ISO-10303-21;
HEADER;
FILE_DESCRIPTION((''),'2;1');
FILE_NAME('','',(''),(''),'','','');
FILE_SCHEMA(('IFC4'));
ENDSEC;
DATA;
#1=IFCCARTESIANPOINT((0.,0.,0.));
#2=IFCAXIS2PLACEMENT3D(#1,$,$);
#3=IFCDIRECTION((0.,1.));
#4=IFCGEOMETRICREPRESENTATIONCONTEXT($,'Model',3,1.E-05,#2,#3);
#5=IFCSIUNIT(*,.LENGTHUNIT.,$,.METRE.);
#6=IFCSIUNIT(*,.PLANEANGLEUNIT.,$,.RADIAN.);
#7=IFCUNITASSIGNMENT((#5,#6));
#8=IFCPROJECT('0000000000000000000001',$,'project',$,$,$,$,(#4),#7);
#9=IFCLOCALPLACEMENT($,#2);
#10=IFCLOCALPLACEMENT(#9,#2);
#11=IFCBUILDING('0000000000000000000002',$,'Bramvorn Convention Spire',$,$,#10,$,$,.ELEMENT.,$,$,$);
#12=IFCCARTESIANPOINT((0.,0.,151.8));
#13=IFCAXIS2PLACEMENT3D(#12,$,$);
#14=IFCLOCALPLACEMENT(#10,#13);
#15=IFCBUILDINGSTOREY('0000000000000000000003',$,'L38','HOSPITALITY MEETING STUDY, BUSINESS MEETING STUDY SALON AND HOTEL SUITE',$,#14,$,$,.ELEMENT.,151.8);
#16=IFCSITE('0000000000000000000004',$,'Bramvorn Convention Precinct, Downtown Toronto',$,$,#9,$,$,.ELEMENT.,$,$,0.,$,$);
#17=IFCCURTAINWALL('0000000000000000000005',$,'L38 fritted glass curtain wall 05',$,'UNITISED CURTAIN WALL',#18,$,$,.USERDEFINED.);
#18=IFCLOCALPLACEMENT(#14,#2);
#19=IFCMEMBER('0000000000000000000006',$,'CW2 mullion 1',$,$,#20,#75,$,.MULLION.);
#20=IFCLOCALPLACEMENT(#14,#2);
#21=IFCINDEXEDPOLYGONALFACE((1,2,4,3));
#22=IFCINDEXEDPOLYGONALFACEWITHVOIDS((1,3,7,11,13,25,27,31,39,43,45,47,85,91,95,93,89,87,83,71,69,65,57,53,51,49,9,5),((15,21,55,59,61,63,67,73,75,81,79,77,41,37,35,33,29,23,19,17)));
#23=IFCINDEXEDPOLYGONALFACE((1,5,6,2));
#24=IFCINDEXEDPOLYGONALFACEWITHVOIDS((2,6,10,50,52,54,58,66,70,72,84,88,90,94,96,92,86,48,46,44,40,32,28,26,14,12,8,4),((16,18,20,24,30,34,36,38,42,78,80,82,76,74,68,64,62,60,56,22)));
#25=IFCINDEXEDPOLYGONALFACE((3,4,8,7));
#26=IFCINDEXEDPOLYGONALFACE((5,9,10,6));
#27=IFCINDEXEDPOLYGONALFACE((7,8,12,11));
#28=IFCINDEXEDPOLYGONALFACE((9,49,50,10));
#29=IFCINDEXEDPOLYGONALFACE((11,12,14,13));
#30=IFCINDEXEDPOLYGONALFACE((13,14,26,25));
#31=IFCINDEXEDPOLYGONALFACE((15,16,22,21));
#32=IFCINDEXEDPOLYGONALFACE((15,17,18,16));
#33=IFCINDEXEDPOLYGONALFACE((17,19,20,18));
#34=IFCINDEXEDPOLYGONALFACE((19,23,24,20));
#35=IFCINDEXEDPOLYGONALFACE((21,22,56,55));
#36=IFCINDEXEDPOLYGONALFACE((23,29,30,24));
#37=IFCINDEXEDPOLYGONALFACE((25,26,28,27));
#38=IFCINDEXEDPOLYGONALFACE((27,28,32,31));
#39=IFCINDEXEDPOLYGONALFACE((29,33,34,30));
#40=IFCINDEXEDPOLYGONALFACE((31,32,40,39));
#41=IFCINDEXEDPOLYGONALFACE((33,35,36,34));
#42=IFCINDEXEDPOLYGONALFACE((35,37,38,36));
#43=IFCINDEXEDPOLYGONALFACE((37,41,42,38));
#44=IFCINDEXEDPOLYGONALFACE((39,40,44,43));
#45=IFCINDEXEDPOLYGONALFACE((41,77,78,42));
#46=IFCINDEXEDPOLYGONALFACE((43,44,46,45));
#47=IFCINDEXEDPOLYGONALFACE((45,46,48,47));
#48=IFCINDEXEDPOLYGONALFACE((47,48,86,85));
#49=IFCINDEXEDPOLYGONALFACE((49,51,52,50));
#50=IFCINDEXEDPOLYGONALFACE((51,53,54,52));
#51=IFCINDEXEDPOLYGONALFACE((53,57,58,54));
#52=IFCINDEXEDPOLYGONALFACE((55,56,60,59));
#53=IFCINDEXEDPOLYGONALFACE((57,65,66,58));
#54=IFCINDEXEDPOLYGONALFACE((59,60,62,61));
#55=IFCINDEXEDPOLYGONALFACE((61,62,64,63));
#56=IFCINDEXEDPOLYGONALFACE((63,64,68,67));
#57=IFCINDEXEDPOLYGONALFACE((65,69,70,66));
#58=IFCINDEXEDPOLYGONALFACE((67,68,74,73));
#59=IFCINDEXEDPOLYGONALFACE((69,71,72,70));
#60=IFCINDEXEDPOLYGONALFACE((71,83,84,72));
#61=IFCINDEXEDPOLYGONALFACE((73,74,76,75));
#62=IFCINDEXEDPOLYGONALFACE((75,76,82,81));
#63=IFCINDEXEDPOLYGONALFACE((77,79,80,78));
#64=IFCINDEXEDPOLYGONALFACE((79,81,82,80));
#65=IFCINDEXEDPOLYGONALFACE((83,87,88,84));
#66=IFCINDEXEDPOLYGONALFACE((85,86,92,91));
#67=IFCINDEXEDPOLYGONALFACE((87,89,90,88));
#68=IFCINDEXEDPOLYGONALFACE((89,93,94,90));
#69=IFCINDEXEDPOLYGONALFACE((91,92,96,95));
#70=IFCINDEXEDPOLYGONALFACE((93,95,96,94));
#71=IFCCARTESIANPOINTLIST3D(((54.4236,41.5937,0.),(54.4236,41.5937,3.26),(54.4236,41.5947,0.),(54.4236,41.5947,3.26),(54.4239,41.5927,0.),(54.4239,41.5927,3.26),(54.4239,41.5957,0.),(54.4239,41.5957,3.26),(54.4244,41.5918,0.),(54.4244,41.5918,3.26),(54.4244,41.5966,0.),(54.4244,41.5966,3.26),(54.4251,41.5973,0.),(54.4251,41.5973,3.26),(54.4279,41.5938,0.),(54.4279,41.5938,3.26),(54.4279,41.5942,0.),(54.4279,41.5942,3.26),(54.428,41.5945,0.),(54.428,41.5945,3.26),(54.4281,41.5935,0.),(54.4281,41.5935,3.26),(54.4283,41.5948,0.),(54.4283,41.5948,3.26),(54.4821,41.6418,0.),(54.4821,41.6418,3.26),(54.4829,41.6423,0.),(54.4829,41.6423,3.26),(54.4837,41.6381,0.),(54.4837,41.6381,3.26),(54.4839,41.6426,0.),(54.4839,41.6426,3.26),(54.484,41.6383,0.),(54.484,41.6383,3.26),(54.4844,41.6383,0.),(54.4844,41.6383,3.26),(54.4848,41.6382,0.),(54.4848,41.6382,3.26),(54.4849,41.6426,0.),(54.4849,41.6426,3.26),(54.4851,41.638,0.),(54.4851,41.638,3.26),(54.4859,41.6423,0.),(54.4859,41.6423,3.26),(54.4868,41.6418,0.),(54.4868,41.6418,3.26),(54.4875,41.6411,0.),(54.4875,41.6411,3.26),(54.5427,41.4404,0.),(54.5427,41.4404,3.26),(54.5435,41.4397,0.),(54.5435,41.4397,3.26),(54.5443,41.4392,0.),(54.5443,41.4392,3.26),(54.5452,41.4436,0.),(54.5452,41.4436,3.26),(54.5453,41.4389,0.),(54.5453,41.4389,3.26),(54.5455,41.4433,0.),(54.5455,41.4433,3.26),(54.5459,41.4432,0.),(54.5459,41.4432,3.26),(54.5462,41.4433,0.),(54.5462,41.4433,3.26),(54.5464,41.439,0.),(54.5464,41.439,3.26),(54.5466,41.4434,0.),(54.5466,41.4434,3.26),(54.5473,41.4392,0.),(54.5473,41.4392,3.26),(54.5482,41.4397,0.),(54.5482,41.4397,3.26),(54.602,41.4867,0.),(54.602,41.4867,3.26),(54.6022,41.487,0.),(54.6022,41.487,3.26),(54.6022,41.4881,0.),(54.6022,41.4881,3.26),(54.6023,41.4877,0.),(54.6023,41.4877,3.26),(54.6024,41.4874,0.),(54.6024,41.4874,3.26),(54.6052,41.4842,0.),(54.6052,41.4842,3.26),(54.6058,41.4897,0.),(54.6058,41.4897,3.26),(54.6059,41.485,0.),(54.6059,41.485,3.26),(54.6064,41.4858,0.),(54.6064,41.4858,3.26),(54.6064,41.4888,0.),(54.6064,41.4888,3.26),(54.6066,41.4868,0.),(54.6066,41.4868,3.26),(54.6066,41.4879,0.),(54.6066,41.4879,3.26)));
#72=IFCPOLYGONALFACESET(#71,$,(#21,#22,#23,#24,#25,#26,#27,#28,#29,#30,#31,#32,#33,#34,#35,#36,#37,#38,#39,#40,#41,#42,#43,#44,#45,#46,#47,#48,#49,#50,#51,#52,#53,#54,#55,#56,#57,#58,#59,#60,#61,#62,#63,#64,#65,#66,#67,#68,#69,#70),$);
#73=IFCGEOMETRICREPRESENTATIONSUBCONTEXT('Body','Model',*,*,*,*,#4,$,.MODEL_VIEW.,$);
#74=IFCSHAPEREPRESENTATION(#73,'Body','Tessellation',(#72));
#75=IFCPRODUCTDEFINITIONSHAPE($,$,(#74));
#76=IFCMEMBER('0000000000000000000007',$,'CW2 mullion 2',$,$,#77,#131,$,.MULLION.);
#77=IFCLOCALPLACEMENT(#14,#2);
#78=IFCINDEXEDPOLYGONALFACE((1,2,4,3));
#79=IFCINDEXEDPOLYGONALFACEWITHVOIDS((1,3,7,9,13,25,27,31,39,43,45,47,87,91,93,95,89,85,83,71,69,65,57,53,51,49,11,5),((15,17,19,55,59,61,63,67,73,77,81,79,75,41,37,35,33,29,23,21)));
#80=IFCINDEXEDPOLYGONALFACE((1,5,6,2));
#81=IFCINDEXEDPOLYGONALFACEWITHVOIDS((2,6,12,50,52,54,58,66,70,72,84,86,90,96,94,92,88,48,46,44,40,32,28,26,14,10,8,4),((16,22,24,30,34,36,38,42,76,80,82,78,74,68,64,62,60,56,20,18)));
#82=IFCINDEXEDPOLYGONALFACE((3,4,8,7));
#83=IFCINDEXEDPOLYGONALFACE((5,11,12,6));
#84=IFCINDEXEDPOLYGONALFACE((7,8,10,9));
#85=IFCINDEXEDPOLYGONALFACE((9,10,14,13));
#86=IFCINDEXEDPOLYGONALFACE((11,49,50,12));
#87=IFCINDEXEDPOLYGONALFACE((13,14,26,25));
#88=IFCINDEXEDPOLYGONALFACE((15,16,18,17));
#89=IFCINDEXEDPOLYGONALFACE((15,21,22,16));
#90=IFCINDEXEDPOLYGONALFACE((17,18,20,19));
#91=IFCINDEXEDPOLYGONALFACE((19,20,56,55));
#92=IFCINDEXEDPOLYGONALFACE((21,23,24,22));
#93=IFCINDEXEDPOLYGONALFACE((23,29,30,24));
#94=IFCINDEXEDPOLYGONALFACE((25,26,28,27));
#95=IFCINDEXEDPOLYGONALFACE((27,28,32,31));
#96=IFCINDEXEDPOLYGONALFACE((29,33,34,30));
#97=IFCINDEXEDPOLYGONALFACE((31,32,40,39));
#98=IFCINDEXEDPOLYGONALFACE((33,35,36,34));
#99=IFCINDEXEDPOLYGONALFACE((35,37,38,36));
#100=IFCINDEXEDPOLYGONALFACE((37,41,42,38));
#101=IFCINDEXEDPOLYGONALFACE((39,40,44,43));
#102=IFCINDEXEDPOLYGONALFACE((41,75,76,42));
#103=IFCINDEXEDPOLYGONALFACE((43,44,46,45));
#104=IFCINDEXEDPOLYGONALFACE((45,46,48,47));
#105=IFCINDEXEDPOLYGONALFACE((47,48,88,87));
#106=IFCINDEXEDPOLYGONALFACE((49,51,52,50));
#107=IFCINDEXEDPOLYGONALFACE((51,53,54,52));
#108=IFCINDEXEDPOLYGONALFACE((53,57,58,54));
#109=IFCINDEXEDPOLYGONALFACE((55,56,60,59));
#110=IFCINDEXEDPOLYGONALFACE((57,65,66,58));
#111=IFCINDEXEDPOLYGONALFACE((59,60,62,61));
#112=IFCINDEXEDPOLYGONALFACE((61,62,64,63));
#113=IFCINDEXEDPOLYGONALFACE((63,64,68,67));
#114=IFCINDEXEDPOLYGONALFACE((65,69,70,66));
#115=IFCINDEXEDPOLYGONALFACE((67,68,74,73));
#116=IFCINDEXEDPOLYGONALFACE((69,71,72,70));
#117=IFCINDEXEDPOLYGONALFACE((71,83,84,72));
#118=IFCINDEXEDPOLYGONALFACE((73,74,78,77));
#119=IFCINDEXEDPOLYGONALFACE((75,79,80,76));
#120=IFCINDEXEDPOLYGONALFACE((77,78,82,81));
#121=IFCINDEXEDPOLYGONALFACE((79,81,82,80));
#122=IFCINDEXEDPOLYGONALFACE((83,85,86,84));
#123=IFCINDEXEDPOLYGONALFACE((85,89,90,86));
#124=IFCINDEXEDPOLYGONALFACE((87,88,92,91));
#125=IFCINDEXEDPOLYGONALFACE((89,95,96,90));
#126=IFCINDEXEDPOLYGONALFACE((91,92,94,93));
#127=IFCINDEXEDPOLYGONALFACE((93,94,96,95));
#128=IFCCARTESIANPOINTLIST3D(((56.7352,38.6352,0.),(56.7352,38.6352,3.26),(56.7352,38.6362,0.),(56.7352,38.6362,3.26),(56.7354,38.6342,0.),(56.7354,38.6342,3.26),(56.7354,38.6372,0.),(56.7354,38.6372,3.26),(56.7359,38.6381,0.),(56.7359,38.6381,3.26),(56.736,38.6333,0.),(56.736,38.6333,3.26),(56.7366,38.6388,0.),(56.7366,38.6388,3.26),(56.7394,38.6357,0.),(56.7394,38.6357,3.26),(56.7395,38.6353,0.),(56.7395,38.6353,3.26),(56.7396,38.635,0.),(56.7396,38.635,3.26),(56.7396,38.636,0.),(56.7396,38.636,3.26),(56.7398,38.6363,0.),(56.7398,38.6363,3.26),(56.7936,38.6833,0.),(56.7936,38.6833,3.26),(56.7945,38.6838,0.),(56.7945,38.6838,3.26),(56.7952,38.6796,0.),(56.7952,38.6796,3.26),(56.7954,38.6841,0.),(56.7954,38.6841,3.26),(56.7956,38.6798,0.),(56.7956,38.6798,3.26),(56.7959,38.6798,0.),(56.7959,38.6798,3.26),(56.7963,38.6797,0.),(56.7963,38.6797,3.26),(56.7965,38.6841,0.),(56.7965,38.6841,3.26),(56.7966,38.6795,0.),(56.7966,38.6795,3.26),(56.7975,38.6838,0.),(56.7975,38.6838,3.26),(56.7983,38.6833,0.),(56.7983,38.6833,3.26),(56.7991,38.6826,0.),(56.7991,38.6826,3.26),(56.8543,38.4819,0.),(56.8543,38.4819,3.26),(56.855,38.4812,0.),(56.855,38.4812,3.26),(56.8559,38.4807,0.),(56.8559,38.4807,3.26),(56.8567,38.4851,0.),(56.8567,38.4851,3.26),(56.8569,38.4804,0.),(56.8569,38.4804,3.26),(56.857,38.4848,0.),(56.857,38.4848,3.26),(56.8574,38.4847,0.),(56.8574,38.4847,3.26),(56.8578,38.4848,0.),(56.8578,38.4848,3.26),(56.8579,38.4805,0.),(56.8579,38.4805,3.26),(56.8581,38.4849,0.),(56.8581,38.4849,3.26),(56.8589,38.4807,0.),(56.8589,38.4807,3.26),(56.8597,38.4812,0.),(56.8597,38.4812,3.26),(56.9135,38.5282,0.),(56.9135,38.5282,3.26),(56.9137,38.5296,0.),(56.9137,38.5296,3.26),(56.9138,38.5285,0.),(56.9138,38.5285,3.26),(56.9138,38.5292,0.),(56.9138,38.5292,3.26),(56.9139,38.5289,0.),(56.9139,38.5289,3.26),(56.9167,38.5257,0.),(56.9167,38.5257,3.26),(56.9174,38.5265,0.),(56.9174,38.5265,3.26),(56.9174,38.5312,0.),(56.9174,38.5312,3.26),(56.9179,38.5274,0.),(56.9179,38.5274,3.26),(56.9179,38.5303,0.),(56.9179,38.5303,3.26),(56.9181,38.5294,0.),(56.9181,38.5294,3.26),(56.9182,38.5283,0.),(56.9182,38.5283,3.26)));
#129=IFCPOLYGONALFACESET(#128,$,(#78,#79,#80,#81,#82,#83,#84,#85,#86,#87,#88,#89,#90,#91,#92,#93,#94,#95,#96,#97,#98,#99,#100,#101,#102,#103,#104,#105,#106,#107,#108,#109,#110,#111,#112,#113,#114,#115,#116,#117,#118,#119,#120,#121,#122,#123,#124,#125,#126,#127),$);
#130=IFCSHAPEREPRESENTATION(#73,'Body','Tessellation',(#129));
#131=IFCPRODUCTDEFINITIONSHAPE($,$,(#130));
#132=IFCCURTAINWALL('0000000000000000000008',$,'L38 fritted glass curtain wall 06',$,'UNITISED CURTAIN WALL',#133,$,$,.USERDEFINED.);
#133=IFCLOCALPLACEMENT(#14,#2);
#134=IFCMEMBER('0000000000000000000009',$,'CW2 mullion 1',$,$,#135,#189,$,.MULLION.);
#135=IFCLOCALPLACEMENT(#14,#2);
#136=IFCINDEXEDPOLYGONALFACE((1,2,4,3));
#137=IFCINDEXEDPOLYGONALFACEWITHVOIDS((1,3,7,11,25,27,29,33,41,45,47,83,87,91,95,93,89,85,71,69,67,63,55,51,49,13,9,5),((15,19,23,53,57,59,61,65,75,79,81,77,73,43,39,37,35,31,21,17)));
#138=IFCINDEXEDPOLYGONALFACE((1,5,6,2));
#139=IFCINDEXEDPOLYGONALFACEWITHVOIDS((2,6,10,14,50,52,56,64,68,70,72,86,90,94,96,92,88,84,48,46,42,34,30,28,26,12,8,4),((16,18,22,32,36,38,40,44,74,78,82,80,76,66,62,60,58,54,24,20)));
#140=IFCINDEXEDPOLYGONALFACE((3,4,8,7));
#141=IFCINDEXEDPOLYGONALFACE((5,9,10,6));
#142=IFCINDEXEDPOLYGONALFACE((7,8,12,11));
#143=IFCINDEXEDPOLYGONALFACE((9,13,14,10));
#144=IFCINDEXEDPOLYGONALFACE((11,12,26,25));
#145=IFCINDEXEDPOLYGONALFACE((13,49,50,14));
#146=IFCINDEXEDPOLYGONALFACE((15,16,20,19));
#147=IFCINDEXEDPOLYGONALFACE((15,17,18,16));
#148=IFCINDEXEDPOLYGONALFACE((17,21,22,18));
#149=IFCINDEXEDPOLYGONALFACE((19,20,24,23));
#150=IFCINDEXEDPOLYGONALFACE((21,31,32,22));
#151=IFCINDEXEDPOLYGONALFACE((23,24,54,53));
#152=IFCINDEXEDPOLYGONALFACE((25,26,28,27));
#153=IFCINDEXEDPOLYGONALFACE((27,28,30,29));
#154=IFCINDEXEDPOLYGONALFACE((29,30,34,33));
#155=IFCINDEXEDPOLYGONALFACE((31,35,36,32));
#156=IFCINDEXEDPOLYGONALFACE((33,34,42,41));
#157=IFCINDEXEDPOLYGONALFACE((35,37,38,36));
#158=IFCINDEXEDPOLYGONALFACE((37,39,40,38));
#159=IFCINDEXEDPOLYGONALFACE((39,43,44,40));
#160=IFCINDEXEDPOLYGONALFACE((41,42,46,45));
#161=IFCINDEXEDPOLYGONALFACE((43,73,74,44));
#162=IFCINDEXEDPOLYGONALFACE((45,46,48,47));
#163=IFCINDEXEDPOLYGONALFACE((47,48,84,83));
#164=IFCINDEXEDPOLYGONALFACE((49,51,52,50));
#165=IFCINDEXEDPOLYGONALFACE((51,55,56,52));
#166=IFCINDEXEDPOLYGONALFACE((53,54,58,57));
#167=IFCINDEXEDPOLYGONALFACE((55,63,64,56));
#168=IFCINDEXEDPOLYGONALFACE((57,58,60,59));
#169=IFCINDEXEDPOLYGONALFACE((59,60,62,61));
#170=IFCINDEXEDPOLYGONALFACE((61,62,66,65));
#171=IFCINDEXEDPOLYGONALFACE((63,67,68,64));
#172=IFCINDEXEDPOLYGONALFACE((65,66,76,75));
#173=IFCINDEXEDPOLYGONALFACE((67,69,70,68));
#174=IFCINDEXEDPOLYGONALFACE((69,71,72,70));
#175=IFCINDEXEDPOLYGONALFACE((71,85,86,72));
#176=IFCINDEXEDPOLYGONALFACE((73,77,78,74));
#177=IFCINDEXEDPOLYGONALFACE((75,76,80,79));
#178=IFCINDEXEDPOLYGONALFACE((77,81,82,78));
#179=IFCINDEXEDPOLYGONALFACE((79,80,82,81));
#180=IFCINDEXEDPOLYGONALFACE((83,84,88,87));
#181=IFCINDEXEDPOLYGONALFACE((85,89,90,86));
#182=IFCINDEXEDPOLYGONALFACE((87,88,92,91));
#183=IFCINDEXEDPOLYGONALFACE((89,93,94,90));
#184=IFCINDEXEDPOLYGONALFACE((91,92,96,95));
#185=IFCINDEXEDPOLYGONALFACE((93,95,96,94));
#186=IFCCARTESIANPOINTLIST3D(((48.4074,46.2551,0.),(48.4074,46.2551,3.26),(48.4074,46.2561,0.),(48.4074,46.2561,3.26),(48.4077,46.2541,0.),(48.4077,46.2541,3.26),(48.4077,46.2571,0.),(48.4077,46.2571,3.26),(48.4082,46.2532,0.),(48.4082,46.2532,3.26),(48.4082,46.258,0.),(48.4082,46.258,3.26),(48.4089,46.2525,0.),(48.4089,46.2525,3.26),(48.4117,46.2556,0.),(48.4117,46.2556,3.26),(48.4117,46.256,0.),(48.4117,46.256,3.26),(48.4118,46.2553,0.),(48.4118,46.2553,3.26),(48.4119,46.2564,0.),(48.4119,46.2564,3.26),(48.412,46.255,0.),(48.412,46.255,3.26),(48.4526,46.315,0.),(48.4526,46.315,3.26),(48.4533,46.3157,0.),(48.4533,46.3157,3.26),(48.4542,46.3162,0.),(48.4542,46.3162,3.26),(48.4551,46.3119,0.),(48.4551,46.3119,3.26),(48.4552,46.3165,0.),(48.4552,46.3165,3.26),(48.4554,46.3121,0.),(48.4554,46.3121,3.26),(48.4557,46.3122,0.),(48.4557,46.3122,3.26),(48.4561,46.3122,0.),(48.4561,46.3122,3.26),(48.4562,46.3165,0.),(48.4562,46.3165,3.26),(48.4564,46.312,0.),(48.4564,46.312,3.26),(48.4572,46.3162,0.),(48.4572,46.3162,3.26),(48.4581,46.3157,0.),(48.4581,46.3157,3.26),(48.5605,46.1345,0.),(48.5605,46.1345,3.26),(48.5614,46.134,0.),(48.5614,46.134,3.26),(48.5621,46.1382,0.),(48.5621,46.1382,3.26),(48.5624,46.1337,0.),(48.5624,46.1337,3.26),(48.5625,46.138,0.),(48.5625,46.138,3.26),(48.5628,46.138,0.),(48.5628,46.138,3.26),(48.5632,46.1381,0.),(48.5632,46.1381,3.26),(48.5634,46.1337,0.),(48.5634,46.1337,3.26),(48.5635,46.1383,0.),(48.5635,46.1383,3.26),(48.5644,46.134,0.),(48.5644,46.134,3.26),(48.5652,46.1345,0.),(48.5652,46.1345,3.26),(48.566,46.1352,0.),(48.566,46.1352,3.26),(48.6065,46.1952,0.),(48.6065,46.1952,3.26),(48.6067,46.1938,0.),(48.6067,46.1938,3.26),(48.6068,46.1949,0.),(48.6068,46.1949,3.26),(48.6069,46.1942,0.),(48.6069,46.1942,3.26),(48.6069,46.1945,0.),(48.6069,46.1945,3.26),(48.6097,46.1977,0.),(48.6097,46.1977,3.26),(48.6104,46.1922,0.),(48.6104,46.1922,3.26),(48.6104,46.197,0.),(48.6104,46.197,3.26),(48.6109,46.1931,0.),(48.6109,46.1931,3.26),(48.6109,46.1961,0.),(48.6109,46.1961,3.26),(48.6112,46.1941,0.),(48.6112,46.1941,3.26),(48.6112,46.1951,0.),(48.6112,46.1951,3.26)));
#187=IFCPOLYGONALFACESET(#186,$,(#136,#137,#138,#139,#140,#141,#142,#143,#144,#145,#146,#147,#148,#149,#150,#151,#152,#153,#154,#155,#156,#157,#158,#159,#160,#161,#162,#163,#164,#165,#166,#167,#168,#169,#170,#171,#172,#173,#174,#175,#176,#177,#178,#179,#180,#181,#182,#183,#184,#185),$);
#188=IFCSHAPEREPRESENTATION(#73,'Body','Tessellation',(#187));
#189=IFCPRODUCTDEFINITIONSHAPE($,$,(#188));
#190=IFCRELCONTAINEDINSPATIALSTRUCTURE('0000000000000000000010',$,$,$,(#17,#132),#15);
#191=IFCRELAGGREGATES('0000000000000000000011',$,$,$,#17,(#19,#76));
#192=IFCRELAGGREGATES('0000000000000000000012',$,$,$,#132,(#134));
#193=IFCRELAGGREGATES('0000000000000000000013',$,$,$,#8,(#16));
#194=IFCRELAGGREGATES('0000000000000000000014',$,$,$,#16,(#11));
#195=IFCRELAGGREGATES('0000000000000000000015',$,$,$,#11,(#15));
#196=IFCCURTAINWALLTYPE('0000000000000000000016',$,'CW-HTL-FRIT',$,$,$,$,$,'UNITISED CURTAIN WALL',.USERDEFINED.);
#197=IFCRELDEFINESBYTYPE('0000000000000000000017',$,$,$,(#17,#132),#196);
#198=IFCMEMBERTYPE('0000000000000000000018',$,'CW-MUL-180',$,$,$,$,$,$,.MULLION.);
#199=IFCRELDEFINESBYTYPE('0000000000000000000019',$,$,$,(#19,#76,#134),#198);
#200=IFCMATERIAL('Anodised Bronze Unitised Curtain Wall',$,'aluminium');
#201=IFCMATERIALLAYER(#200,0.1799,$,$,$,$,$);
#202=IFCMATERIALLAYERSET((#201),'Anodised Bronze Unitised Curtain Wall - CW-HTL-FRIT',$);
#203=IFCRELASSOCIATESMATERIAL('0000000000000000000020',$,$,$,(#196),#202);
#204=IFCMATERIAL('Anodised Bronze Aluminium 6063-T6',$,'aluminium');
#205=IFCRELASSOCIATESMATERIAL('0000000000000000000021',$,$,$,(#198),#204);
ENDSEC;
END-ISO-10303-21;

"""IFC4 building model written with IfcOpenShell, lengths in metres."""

from ifc_helpers import new_model, si_unit, direction, frame, origin, origin_2d, place, context, subcontext, project, spatial, hollow_rectangle, extrude, material, layer, layer_set, material_profile, profile_set, type_object, element, aggregate, save


model = new_model("IFC4")

# Units and contexts
model_context = context("Model", 3, precision=1e-05, world=origin(), true_north=direction((0.0, 1.0)))
body_context = subcontext(model_context, "Body", "Model", "MODEL_VIEW")
ifc_project = project(units=[si_unit("LENGTHUNIT", "METRE"), si_unit("PLANEANGLEUNIT", "RADIAN")], contexts=[model_context])

# Site, building, storey
site_placement = place(None, origin())
site = spatial("IfcSite", under=ifc_project, at=site_placement, Name="Bramvorn Convention Precinct, Downtown Toronto", CompositionType="ELEMENT", RefElevation=0.0)
building_placement = place(site_placement, origin())
building = spatial("IfcBuilding", under=site, at=building_placement, Name="Bramvorn Convention Spire", CompositionType="ELEMENT")
storey_placement = place(building_placement, frame((0.0, 0.0, 151.8)))
storey = spatial("IfcBuildingStorey", under=building, at=storey_placement, Name="L38", Description="HOSPITALITY MEETING STUDY, BUSINESS MEETING STUDY SALON AND HOTEL SUITE", CompositionType="ELEMENT", Elevation=151.8)

# Curtain walls, members
ifc_material_1 = material(Name="Anodised Bronze Unitised Curtain Wall", Category="aluminium")
ifc_layer_1 = layer(ifc_material_1, 0.1799)
ifc_layer_set_1 = layer_set([ifc_layer_1], Name="Anodised Bronze Unitised Curtain Wall - CW-HTL-FRIT")
curtain_wall_type = type_object("IfcCurtainWallType", Name="CW-HTL-FRIT", ElementType="UNITISED CURTAIN WALL", PredefinedType="USERDEFINED", material=ifc_layer_set_1)
curtain_wall_1_placement = place(storey_placement, origin())
curtain_wall_1 = element("IfcCurtainWall", 1, at=curtain_wall_1_placement, inside=storey, type_object=curtain_wall_type, Name="L38 fritted glass curtain wall 05", ObjectType="UNITISED CURTAIN WALL", PredefinedType="USERDEFINED")
ifc_material_2 = material(Name="Anodised Bronze Aluminium 6063-T6", Category="aluminium")
ifc_material_profile_1 = material_profile(ifc_material_2, hollow_rectangle(XDim=0.0801, YDim=0.2, WallThickness=0.0039, InnerFilletRadius=0.001, OuterFilletRadius=0.0039, at=origin_2d()))
ifc_profile_set_1 = profile_set([ifc_material_profile_1], Name="Anodised Bronze Aluminium 6063-T6 - CWM80X200")
member_type_1 = type_object("IfcMemberType", Name="CW-MUL-180", PredefinedType="MULLION", material=ifc_profile_set_1)
member_1_placement = place(storey_placement, frame((54.5151, 41.5408, 0.0), z_axis=(0.0, 0.0, 1.0), x_axis=(0.788014, 0.615657, 0.0)))
member_1 = element("IfcMember", 2, at=member_1_placement, type_object=member_type_1, Name="CW2 mullion 1", PredefinedType="MULLION", context=body_context, shape_type="SweptSolid", body=[
    extrude(hollow_rectangle(XDim=0.0801, YDim=0.2, WallThickness=0.0039, InnerFilletRadius=0.001, OuterFilletRadius=0.0039, at=origin_2d()), origin(), (0.0, 0.0, 1.0), 3.26),
])
member_2_placement = place(storey_placement, frame((56.8267, 38.5823, 0.0), z_axis=(0.0, 0.0, 1.0), x_axis=(0.788014, 0.615657, 0.0)))
member_2 = element("IfcMember", 3, at=member_2_placement, type_object=member_type_1, Name="CW2 mullion 2", PredefinedType="MULLION", context=body_context, shape_type="SweptSolid", body=[
    extrude(hollow_rectangle(XDim=0.0801, YDim=0.2, WallThickness=0.0039, InnerFilletRadius=0.001, OuterFilletRadius=0.0039, at=origin_2d()), origin(), (0.0, 0.0, 1.0), 3.26),
])
curtain_wall_2_placement = place(storey_placement, origin())
curtain_wall_2 = element("IfcCurtainWall", 4, at=curtain_wall_2_placement, inside=storey, type_object=curtain_wall_type, Name="L38 fritted glass curtain wall 06", ObjectType="UNITISED CURTAIN WALL", PredefinedType="USERDEFINED")
member_3_placement = place(storey_placement, frame((48.5093, 46.2251, 0.0), z_axis=(0.0, 0.0, 1.0), x_axis=(0.614258, 0.789105, 0.0)))
member_3 = element("IfcMember", 5, at=member_3_placement, type_object=member_type_1, Name="CW2 mullion 1", PredefinedType="MULLION", context=body_context, shape_type="SweptSolid", body=[
    extrude(hollow_rectangle(XDim=0.0801, YDim=0.2, WallThickness=0.0039, InnerFilletRadius=0.001, OuterFilletRadius=0.0039, at=origin_2d()), origin(), (0.0, 0.0, 1.0), 3.26),
])

aggregate(curtain_wall_1, [member_1, member_2])
aggregate(curtain_wall_2, [member_3])

save(model, "model.ifc")
